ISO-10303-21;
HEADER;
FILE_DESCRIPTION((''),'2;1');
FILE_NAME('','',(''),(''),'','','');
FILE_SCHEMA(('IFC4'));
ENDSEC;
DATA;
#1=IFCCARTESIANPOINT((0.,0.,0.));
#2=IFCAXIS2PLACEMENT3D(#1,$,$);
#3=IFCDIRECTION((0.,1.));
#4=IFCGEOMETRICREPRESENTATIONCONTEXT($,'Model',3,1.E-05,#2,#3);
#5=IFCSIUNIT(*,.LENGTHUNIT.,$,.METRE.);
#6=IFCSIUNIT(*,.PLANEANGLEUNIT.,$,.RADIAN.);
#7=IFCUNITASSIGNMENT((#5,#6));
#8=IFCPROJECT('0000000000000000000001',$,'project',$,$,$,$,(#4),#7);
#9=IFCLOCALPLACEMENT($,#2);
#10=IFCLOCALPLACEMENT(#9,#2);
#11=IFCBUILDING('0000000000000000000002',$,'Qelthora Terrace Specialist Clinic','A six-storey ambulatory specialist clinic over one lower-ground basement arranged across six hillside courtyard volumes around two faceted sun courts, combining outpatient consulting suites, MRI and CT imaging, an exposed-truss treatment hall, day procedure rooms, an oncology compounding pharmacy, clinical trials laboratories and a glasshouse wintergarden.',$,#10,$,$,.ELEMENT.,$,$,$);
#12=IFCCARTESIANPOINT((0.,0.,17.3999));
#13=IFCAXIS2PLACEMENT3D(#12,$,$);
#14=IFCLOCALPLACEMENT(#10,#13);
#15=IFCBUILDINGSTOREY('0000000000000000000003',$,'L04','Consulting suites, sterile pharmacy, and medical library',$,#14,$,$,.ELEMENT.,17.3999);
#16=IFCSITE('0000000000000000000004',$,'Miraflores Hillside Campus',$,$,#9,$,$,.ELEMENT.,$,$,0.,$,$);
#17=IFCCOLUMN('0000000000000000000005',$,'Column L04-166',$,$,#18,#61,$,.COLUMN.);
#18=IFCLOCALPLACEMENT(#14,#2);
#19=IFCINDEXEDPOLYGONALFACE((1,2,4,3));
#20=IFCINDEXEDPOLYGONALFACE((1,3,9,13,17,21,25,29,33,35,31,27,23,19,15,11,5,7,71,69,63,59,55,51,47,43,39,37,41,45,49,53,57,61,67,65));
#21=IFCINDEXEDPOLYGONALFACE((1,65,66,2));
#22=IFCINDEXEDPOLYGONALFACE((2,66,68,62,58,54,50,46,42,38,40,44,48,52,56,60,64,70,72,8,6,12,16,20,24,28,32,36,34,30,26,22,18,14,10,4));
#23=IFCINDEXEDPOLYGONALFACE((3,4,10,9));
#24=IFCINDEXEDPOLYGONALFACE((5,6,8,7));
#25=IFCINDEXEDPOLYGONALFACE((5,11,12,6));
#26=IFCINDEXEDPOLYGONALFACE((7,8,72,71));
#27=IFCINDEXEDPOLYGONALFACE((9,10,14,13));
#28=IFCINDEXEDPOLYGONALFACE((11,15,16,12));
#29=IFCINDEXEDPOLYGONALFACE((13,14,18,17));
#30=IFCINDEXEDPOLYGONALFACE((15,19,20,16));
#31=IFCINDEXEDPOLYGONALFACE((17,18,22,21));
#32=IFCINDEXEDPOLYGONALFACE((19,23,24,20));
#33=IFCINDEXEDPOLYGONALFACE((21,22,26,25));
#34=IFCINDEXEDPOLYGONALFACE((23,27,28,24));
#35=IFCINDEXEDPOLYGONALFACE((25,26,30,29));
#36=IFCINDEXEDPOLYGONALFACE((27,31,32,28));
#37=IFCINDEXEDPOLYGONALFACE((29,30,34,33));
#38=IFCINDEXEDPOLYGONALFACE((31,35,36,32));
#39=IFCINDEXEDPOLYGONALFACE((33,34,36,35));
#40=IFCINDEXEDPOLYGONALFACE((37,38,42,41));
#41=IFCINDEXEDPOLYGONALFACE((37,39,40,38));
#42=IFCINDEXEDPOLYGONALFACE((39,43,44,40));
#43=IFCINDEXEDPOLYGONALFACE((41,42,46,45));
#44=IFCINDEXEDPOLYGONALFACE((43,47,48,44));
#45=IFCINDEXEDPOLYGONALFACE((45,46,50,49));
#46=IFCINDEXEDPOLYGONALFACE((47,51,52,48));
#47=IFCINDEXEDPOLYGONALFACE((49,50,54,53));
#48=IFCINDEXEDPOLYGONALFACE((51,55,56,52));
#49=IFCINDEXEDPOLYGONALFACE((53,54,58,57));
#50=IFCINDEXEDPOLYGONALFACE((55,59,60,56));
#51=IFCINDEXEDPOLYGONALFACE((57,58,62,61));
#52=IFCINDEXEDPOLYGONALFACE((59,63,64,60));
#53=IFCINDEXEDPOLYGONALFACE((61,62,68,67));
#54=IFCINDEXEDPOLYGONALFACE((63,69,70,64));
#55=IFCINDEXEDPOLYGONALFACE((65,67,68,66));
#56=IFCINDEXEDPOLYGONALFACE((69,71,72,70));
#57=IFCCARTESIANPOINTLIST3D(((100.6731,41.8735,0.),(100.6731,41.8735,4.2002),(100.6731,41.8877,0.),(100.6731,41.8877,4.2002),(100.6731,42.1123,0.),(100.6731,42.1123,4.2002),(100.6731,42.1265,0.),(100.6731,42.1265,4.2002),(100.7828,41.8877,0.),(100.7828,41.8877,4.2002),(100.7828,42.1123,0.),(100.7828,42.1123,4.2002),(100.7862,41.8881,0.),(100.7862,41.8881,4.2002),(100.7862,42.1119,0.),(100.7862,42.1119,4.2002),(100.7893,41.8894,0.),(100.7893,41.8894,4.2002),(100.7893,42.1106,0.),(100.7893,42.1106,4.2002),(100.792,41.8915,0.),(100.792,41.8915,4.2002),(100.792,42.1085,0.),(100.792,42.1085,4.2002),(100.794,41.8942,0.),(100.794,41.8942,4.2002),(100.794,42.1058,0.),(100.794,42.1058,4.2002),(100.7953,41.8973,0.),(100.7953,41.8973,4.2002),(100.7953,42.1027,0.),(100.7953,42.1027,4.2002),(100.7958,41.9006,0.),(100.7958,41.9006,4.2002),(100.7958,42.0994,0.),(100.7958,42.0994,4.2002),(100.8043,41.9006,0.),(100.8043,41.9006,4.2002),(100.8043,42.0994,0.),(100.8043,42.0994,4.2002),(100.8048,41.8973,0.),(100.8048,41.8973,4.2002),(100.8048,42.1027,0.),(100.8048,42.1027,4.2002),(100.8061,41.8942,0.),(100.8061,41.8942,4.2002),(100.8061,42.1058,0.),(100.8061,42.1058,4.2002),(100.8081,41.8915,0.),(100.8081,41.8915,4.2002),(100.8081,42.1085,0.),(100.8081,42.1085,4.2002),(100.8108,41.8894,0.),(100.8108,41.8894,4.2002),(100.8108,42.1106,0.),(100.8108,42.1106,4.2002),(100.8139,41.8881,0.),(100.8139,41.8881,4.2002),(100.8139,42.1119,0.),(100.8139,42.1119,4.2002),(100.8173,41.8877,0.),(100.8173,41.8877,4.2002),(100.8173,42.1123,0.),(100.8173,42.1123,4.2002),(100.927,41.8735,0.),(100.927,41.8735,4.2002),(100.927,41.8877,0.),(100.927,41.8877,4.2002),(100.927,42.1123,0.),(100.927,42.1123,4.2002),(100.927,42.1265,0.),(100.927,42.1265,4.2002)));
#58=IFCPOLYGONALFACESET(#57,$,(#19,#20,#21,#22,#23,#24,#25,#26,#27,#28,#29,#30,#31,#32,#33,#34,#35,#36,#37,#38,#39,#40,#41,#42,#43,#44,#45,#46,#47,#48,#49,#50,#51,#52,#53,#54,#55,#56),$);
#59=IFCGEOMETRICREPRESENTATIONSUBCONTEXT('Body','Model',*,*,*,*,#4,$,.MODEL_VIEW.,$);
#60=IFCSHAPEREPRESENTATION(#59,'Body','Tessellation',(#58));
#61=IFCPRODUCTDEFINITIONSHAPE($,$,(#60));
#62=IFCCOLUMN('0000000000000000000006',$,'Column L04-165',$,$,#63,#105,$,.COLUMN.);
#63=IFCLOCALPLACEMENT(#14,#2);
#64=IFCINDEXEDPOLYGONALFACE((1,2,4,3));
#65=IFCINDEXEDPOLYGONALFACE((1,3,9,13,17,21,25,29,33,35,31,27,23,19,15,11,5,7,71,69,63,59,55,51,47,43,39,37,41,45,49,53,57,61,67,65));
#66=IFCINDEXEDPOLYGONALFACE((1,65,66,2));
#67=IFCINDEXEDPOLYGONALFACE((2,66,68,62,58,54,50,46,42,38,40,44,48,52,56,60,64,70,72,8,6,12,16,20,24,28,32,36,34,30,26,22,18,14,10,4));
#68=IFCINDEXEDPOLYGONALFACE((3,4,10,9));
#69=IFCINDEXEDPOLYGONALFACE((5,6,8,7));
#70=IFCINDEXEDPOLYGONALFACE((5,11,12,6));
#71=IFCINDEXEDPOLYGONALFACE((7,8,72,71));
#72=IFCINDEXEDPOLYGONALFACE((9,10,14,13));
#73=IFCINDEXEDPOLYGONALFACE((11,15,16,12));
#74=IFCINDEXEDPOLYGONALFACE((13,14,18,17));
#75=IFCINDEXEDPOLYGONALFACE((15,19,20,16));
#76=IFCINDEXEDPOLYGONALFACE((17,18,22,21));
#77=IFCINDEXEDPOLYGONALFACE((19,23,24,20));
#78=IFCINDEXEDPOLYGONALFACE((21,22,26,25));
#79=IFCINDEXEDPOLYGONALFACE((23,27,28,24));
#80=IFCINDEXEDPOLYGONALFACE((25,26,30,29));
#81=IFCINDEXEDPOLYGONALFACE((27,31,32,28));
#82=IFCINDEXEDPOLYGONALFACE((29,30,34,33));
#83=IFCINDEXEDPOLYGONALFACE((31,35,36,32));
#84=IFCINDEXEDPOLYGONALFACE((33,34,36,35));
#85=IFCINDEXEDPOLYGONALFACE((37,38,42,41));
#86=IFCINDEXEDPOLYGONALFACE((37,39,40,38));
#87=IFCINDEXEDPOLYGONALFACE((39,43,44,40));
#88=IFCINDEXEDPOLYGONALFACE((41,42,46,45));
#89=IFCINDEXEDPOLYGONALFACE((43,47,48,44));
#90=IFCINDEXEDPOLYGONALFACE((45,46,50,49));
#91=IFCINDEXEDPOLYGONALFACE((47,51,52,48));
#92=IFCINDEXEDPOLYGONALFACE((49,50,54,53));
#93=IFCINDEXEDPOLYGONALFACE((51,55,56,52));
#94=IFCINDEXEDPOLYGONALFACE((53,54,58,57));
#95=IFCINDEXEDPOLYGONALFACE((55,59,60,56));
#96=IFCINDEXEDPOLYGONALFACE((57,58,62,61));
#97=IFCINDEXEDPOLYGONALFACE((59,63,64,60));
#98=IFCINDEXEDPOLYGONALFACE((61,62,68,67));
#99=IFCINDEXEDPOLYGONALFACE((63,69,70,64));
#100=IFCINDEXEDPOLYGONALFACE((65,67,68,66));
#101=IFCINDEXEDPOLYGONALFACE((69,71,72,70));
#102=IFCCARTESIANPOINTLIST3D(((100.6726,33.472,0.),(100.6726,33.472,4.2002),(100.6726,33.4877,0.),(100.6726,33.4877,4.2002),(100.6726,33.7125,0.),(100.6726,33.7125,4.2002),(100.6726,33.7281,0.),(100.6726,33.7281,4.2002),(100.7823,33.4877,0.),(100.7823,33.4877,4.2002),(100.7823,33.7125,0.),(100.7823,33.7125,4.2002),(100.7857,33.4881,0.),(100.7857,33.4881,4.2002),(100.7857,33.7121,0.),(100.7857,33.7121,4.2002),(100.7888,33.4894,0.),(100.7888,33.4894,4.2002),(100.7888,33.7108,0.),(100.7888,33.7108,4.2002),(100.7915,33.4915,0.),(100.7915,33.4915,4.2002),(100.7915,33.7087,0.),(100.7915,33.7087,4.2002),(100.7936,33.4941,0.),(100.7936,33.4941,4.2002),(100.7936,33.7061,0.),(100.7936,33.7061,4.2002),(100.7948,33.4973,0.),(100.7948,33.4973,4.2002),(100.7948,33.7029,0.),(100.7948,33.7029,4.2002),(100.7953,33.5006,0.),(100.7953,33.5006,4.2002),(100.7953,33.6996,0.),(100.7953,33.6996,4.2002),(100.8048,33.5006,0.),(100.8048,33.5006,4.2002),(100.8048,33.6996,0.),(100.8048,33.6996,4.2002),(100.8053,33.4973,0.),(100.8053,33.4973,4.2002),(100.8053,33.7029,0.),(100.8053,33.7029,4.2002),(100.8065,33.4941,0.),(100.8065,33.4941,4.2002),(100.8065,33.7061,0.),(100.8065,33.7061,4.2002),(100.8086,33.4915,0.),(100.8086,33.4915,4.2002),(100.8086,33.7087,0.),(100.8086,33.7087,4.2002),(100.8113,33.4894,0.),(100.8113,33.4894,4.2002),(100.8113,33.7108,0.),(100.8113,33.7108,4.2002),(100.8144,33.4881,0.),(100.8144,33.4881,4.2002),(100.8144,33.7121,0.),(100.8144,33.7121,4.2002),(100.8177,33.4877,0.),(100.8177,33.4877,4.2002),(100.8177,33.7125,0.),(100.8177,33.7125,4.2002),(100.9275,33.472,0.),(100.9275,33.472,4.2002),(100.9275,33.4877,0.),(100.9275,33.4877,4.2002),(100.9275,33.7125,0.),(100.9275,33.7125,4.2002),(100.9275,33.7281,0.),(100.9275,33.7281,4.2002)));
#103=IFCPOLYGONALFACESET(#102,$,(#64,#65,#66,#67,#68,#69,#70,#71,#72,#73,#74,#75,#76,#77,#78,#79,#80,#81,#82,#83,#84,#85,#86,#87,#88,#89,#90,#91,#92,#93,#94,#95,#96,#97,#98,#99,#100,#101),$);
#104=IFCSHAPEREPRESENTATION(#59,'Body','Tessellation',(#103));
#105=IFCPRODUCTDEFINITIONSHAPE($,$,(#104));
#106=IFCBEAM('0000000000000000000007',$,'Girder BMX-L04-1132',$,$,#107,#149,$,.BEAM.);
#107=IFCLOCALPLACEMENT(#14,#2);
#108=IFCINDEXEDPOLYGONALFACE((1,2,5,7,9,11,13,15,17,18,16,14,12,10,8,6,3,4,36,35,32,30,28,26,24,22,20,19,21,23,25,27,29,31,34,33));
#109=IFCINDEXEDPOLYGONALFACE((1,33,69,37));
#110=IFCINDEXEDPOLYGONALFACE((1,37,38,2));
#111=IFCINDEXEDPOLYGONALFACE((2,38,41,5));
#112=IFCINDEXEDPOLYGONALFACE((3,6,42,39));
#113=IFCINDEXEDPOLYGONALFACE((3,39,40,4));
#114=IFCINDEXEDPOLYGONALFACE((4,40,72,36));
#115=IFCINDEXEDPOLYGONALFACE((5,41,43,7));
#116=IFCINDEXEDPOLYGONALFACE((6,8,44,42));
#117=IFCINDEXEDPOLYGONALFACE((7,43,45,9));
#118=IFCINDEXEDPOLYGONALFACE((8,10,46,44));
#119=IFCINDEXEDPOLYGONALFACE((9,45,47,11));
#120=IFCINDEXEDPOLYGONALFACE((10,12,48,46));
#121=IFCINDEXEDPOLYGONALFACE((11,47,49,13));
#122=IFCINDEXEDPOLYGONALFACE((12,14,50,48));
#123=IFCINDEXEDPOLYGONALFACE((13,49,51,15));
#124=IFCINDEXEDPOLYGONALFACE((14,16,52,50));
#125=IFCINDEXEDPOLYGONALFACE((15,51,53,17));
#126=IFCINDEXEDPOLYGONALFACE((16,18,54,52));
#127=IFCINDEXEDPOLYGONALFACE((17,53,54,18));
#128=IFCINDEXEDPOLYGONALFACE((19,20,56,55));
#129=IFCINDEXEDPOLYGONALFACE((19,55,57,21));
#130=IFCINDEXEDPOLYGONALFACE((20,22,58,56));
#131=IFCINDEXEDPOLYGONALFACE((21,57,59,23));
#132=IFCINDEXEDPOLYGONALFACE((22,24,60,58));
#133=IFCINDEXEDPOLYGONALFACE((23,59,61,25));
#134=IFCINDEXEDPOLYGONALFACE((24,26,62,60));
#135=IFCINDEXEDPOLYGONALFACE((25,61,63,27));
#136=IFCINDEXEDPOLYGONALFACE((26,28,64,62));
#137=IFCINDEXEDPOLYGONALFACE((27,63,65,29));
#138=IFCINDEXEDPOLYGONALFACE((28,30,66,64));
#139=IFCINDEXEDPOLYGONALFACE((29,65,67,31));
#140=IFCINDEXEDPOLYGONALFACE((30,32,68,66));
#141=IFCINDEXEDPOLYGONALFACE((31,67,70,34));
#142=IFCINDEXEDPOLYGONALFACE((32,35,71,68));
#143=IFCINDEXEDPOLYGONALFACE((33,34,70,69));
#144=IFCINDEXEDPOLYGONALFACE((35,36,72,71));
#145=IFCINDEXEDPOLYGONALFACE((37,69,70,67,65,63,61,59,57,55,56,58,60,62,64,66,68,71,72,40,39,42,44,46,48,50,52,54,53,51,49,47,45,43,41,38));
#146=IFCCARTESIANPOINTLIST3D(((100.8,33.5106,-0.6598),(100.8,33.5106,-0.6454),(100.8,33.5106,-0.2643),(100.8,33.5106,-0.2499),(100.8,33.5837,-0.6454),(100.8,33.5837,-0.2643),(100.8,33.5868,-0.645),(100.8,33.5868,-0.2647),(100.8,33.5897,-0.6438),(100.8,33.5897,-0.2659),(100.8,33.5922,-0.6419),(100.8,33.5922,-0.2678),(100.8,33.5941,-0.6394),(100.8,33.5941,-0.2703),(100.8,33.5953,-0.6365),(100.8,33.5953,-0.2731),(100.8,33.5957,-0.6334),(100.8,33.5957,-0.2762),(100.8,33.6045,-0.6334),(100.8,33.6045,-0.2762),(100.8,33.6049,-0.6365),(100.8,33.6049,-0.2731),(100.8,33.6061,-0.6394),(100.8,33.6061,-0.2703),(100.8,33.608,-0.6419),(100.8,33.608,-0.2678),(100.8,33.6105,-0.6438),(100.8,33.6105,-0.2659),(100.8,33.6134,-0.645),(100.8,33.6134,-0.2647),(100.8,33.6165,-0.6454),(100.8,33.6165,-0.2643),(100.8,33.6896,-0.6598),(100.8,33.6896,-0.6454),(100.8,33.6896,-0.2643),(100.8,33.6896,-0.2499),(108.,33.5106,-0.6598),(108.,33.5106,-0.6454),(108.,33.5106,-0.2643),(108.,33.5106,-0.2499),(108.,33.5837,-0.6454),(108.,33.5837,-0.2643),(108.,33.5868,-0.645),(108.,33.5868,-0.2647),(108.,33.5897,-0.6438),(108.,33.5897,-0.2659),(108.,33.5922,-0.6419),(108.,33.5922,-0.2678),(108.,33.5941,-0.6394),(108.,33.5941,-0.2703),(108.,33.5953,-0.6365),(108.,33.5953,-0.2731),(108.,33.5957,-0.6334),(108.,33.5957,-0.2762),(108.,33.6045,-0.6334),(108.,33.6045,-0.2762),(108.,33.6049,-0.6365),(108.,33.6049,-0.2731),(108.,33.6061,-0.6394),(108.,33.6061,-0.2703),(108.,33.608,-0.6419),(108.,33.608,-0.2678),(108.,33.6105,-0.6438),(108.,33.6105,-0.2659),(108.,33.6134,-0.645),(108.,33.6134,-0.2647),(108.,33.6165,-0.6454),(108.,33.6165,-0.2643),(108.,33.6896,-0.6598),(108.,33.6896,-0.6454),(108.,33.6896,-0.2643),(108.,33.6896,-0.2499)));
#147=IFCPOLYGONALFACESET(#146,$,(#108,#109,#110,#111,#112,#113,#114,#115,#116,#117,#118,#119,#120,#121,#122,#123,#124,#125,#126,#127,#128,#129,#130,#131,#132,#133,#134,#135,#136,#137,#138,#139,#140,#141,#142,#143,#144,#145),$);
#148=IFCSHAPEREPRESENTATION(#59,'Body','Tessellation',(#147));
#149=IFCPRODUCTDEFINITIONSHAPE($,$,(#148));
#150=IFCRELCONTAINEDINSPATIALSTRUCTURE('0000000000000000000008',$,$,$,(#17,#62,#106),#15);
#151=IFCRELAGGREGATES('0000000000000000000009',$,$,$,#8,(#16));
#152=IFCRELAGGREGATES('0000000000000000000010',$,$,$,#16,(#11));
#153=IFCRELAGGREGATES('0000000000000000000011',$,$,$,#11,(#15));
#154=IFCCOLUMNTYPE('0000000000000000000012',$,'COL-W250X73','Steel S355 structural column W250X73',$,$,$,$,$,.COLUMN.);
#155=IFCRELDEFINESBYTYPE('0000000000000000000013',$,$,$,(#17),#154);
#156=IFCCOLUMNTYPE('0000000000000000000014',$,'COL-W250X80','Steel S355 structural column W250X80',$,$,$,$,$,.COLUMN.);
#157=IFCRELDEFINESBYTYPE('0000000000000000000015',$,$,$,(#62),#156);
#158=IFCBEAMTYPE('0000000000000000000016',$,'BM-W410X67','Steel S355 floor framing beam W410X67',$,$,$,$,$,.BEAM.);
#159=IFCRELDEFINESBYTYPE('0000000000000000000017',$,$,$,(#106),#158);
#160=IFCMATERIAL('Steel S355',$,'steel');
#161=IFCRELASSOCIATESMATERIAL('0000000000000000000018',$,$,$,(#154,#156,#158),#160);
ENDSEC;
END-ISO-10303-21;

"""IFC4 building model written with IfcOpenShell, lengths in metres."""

from ifc_helpers import new_model, si_unit, direction, frame, origin, origin_2d, place, context, subcontext, project, spatial, i_section, extrude, material, material_profile, profile_set, type_object, element, save


model = new_model("IFC4")

# Units and contexts
model_context = context("Model", 3, precision=1e-05, world=origin(), true_north=direction((0.0, 1.0)))
body_context = subcontext(model_context, "Body", "Model", "MODEL_VIEW")
ifc_project = project(units=[si_unit("LENGTHUNIT", "METRE"), si_unit("PLANEANGLEUNIT", "RADIAN")], contexts=[model_context])

# Site, building, storey
site_placement = place(None, origin())
site = spatial("IfcSite", under=ifc_project, at=site_placement, Name="Miraflores Hillside Campus", CompositionType="ELEMENT", RefElevation=0.0)
building_placement = place(site_placement, origin())
building = spatial("IfcBuilding", under=site, at=building_placement, Name="Qelthora Terrace Specialist Clinic", Description="A six-storey ambulatory specialist clinic over one lower-ground basement arranged across six hillside courtyard volumes around two faceted sun courts, combining outpatient consulting suites, MRI and CT imaging, an exposed-truss treatment hall, day procedure rooms, an oncology compounding pharmacy, clinical trials laboratories and a glasshouse wintergarden.", CompositionType="ELEMENT")
storey_placement = place(building_placement, frame((0.0, 0.0, 17.3999)))
storey = spatial("IfcBuildingStorey", under=building, at=storey_placement, Name="L04", Description="Consulting suites, sterile pharmacy, and medical library", CompositionType="ELEMENT", Elevation=17.3999)

# Columns
ifc_material_1 = material(Name="Steel S355", Category="steel")
ifc_material_profile_1 = material_profile(ifc_material_1, i_section(OverallWidth=0.2539, OverallDepth=0.2529, WebThickness=0.0085, FlangeThickness=0.0142, FilletRadius=0.0129, at=origin_2d()), Name="W250X73")
ifc_profile_set_1 = profile_set([ifc_material_profile_1], Name="Steel S355")
column_type_1 = type_object("IfcColumnType", Name="COL-W250X73", Description="Steel S355 structural column W250X73", PredefinedType="COLUMN", material=ifc_profile_set_1)
column_1_placement = place(storey_placement, frame((100.8, 42.0, 0.0), z_axis=(0.0, 0.0, 1.0), x_axis=(1.0, 0.0, 0.0)))
element("IfcColumn", 1, at=column_1_placement, inside=storey, type_object=column_type_1, Name="Column L04-166", PredefinedType="COLUMN", context=body_context, shape_type="SweptSolid", body=[
    extrude(i_section(OverallWidth=0.2539, OverallDepth=0.2529, WebThickness=0.0085, FlangeThickness=0.0142, FilletRadius=0.0129, at=origin_2d()), origin(), (0.0, 0.0, 1.0), 4.2002),
])
ifc_material_profile_2 = material_profile(ifc_material_1, i_section(OverallWidth=0.2549, OverallDepth=0.2561, WebThickness=0.0095, FlangeThickness=0.0156, FilletRadius=0.0129, at=origin_2d()), Name="W250X80")
ifc_profile_set_2 = profile_set([ifc_material_profile_2], Name="Steel S355")
column_type_2 = type_object("IfcColumnType", Name="COL-W250X80", Description="Steel S355 structural column W250X80", PredefinedType="COLUMN", material=ifc_profile_set_2)
column_2_placement = place(storey_placement, frame((100.8, 33.6001, 0.0), z_axis=(0.0, 0.0, 1.0), x_axis=(1.0, 0.0, 0.0)))
element("IfcColumn", 2, at=column_2_placement, inside=storey, type_object=column_type_2, Name="Column L04-165", PredefinedType="COLUMN", context=body_context, shape_type="SweptSolid", body=[
    extrude(i_section(OverallWidth=0.2549, OverallDepth=0.2561, WebThickness=0.0095, FlangeThickness=0.0156, FilletRadius=0.0129, at=origin_2d()), origin(), (0.0, 0.0, 1.0), 4.2002),
])

# Beam
ifc_material_profile_3 = material_profile(ifc_material_1, i_section(OverallWidth=0.179, OverallDepth=0.4099, WebThickness=0.0088, FlangeThickness=0.0144, FilletRadius=0.012, at=origin_2d()), Name="W410X67")
ifc_profile_set_3 = profile_set([ifc_material_profile_3], Name="Steel S355")
beam_type_1 = type_object("IfcBeamType", Name="BM-W410X67", Description="Steel S355 floor framing beam W410X67", PredefinedType="BEAM", material=ifc_profile_set_3)
beam_1_placement = place(storey_placement, frame((100.8, 33.6001, -0.4548), z_axis=(1.0, 0.0, 0.0), x_axis=(0.0, 1.0, 0.0)))
element("IfcBeam", 3, at=beam_1_placement, inside=storey, type_object=beam_type_1, Name="Girder BMX-L04-1132", PredefinedType="BEAM", context=body_context, shape_type="SweptSolid", body=[
    extrude(i_section(OverallWidth=0.179, OverallDepth=0.4099, WebThickness=0.0088, FlangeThickness=0.0144, FilletRadius=0.012, at=origin_2d()), origin(), (0.0, 0.0, 1.0), 7.2),
])

save(model, "model.ifc")
